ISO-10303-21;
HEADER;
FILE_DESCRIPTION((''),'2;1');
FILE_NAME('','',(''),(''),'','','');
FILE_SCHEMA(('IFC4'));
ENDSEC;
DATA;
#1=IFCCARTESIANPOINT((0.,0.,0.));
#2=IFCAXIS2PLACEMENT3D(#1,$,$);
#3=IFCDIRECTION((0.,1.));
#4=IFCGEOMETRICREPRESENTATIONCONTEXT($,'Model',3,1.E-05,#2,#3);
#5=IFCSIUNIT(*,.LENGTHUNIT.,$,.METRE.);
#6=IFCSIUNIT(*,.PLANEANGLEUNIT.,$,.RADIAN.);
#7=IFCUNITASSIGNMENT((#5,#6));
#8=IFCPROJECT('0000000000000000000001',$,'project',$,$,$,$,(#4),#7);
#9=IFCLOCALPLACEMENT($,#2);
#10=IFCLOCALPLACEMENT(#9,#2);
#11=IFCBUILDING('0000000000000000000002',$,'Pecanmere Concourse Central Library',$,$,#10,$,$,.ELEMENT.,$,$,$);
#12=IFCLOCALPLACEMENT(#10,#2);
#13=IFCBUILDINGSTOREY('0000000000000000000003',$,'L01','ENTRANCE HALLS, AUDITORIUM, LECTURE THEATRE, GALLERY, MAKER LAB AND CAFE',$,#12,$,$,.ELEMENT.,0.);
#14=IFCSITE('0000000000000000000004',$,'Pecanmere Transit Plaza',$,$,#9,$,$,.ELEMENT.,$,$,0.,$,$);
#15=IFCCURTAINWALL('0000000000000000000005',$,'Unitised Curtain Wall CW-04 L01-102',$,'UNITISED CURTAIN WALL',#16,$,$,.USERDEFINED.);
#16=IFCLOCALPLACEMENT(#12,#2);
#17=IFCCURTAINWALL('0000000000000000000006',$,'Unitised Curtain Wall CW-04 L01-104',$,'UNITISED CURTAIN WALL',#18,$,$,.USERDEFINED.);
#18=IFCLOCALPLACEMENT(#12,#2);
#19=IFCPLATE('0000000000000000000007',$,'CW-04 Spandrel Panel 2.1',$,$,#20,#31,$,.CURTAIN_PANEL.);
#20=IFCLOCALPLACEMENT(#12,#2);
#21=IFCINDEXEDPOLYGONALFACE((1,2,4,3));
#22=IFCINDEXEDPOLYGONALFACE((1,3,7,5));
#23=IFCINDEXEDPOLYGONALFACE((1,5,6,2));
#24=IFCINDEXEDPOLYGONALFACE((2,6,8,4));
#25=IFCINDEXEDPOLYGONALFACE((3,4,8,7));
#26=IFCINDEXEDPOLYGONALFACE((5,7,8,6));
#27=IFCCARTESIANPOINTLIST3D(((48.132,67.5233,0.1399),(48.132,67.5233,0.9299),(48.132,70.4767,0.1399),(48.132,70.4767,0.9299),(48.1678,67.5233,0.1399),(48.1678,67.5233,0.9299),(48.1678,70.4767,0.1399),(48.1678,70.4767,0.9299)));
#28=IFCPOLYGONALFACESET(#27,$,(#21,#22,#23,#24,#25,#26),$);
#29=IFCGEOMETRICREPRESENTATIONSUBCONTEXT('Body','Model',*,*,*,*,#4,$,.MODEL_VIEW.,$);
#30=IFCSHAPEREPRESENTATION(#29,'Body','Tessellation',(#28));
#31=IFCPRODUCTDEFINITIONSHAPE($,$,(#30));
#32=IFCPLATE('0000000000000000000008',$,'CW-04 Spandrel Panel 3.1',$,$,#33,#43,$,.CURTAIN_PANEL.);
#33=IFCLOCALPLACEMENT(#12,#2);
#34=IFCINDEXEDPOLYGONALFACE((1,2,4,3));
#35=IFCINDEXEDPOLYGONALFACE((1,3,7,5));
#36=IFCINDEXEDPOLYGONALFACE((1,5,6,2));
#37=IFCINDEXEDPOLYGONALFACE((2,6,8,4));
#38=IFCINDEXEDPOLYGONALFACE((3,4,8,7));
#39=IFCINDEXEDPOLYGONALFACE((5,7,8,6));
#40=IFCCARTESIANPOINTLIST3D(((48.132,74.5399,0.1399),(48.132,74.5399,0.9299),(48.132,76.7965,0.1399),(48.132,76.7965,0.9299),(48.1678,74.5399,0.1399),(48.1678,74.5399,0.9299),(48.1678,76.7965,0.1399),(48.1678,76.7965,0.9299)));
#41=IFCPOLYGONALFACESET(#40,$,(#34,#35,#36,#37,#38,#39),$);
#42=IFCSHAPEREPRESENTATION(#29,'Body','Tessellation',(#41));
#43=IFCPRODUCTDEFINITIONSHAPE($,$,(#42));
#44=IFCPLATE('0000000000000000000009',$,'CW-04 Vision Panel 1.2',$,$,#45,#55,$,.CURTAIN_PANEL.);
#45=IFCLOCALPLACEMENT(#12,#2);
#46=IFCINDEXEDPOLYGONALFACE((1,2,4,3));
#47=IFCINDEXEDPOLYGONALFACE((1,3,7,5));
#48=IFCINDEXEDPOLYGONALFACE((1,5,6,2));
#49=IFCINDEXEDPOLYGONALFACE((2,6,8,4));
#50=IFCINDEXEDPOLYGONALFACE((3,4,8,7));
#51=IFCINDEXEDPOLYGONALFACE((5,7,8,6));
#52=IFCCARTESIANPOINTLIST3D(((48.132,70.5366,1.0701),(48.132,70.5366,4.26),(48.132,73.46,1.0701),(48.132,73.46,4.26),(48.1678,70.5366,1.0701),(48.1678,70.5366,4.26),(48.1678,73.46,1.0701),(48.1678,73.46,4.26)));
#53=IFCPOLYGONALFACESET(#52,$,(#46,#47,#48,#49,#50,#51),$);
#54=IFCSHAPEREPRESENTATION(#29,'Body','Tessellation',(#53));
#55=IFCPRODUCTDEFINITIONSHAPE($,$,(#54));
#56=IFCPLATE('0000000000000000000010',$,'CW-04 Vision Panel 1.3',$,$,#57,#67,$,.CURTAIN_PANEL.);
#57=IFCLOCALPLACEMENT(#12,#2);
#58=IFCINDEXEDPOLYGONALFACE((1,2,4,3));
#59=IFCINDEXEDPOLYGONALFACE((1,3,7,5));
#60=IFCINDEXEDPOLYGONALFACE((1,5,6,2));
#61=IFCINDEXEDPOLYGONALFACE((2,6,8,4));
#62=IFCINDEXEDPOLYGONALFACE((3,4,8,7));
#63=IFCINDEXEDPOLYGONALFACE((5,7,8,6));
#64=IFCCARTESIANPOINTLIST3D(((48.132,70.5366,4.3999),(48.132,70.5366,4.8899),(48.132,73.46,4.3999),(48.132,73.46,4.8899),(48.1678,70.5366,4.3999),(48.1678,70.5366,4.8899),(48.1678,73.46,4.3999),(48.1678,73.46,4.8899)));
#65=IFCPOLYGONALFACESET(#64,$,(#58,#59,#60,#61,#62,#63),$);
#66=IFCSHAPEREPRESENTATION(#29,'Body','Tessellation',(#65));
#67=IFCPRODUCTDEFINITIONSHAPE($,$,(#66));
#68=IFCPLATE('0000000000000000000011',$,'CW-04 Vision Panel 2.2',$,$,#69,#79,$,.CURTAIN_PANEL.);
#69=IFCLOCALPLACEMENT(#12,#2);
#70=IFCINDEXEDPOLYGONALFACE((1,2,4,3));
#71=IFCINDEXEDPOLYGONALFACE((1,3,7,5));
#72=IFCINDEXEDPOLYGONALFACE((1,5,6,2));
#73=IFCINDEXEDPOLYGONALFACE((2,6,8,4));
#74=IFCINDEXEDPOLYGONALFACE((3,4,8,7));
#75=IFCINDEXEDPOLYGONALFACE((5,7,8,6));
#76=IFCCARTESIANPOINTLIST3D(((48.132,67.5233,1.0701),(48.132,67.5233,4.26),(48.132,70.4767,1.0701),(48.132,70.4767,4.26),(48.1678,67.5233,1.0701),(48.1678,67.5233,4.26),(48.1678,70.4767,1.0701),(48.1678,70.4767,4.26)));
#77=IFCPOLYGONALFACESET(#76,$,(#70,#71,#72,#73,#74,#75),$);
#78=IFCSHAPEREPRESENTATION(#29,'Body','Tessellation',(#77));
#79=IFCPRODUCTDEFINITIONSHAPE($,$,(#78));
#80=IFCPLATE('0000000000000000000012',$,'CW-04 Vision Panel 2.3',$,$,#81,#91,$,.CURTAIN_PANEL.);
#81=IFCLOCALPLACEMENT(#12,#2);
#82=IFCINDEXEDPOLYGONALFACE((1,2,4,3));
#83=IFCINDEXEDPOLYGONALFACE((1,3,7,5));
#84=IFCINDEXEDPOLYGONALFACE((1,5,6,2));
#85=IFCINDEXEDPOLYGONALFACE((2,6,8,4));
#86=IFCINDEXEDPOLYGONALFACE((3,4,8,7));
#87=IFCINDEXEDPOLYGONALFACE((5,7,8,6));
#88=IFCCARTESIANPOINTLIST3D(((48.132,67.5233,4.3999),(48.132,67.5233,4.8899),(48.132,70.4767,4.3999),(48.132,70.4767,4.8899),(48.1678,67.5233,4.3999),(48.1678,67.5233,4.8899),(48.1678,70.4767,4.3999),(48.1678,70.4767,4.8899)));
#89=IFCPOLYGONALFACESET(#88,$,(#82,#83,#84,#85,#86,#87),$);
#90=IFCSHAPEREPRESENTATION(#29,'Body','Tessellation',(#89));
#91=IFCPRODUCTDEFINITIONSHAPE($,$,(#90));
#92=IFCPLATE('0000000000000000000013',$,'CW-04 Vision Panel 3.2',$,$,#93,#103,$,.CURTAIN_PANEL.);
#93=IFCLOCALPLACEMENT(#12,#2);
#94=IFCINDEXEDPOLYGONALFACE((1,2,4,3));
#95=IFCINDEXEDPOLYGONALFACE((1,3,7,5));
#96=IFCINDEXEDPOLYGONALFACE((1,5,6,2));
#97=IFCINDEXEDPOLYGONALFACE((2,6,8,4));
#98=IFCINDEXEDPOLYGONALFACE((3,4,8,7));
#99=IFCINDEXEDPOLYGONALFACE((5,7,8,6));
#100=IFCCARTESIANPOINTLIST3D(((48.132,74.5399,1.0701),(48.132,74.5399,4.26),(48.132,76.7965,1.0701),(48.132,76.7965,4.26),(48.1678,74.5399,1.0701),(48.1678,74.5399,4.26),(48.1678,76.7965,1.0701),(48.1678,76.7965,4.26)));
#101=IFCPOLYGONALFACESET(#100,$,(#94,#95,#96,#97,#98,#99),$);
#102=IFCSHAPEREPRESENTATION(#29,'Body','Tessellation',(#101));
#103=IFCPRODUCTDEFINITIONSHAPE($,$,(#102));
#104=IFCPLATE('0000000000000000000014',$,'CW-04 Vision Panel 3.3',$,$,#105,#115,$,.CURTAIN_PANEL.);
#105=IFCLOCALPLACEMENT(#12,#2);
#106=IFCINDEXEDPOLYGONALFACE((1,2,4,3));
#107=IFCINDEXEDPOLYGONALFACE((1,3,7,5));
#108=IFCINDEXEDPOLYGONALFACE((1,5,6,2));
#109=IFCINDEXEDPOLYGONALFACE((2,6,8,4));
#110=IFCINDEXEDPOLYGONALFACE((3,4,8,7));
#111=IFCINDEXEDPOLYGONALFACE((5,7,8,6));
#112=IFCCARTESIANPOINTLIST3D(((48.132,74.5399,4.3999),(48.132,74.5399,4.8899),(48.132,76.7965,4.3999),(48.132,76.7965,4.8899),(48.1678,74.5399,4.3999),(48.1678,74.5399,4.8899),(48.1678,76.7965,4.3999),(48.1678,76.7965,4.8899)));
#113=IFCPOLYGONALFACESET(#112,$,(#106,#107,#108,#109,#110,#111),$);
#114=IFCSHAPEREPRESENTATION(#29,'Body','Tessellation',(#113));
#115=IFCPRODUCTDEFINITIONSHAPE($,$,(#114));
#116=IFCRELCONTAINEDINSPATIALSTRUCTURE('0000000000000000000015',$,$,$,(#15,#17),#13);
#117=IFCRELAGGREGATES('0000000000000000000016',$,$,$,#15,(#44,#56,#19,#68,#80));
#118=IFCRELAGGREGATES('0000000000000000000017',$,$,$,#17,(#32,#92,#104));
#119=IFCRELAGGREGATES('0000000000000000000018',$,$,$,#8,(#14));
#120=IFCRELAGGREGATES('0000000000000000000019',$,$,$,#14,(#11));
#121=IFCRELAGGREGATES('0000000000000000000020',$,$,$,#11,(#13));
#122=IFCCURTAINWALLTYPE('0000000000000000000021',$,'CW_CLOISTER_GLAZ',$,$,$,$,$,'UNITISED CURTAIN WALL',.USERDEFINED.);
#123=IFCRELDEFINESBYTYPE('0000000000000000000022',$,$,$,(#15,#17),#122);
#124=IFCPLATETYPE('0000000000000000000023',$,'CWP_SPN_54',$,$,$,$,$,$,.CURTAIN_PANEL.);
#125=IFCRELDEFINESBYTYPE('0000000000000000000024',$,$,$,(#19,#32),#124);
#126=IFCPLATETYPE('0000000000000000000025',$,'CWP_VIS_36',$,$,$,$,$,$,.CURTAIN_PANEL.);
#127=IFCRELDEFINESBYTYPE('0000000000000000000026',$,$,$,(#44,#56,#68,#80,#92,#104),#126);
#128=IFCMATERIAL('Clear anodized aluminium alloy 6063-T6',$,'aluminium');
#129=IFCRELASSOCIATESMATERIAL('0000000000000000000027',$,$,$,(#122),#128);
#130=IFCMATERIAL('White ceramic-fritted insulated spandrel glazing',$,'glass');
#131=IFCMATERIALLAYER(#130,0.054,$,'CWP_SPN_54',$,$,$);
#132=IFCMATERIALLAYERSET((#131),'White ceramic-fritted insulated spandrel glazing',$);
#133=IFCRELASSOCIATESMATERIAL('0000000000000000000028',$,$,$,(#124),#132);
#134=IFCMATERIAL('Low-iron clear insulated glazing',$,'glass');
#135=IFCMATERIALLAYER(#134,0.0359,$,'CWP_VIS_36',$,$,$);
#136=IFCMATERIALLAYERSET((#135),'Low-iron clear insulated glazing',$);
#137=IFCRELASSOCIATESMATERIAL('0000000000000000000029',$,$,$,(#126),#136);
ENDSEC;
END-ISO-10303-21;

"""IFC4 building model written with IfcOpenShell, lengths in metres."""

from ifc_helpers import new_model, si_unit, direction, frame, origin, origin_2d, place, context, subcontext, project, spatial, rectangle, extrude, material, layer, layer_set, type_object, element, aggregate, save


model = new_model("IFC4")

# Units and contexts
model_context = context("Model", 3, precision=1e-05, world=origin(), true_north=direction((0.0, 1.0)))
body_context = subcontext(model_context, "Body", "Model", "MODEL_VIEW")
ifc_project = project(units=[si_unit("LENGTHUNIT", "METRE"), si_unit("PLANEANGLEUNIT", "RADIAN")], contexts=[model_context])

# Site, building, storey
site_placement = place(None, origin())
site = spatial("IfcSite", under=ifc_project, at=site_placement, Name="Pecanmere Transit Plaza", CompositionType="ELEMENT", RefElevation=0.0)
building_placement = place(site_placement, origin())
building = spatial("IfcBuilding", under=site, at=building_placement, Name="Pecanmere Concourse Central Library", CompositionType="ELEMENT")
storey_placement = place(building_placement, origin())
storey = spatial("IfcBuildingStorey", under=building, at=storey_placement, Name="L01", Description="ENTRANCE HALLS, AUDITORIUM, LECTURE THEATRE, GALLERY, MAKER LAB AND CAFE", CompositionType="ELEMENT", Elevation=0.0)

# Curtain wall
ifc_material_1 = material(Name="Clear anodized aluminium alloy 6063-T6", Category="aluminium")
curtain_wall_type = type_object("IfcCurtainWallType", Name="CW_CLOISTER_GLAZ", ElementType="UNITISED CURTAIN WALL", PredefinedType="USERDEFINED", material=ifc_material_1)
curtain_wall_1_placement = place(storey_placement, origin())
curtain_wall_1 = element("IfcCurtainWall", 1, at=curtain_wall_1_placement, inside=storey, type_object=curtain_wall_type, Name="Unitised Curtain Wall CW-04 L01-102", ObjectType="UNITISED CURTAIN WALL", PredefinedType="USERDEFINED")

# Curtain wall
curtain_wall_2_placement = place(storey_placement, origin())
curtain_wall_2 = element("IfcCurtainWall", 2, at=curtain_wall_2_placement, inside=storey, type_object=curtain_wall_type, Name="Unitised Curtain Wall CW-04 L01-104", ObjectType="UNITISED CURTAIN WALL", PredefinedType="USERDEFINED")

# Plates
ifc_material_2 = material(Name="White ceramic-fritted insulated spandrel glazing", Category="glass")
ifc_layer_1 = layer(ifc_material_2, 0.054, Name="CWP_SPN_54")
ifc_layer_set_1 = layer_set([ifc_layer_1], Name="White ceramic-fritted insulated spandrel glazing")
plate_type_1 = type_object("IfcPlateType", Name="CWP_SPN_54", PredefinedType="CURTAIN_PANEL", material=ifc_layer_set_1)
plate_1_placement = place(storey_placement, frame((48.1499, 69.0, 0.1399), z_axis=(0.0, 0.0, 1.0), x_axis=(0.0, -1.0, 0.0)))
plate_1 = element("IfcPlate", 3, at=plate_1_placement, type_object=plate_type_1, Name="CW-04 Spandrel Panel 2.1", PredefinedType="CURTAIN_PANEL", context=body_context, shape_type="SweptSolid", body=[
    extrude(rectangle(XDim=2.9534, YDim=0.0359, at=origin_2d()), origin(), (0.0, 0.0, 1.0), 0.79),
])
plate_2_placement = place(storey_placement, frame((48.1499, 75.6682, 0.1399), z_axis=(0.0, 0.0, 1.0), x_axis=(0.0, -1.0, 0.0)))
plate_2 = element("IfcPlate", 4, at=plate_2_placement, type_object=plate_type_1, Name="CW-04 Spandrel Panel 3.1", PredefinedType="CURTAIN_PANEL", context=body_context, shape_type="SweptSolid", body=[
    extrude(rectangle(XDim=2.2566, YDim=0.0359, at=origin_2d()), origin(), (0.0, 0.0, 1.0), 0.79),
])
ifc_material_3 = material(Name="Low-iron clear insulated glazing", Category="glass")
ifc_layer_2 = layer(ifc_material_3, 0.0359, Name="CWP_VIS_36")
ifc_layer_set_2 = layer_set([ifc_layer_2], Name="Low-iron clear insulated glazing")
plate_type_2 = type_object("IfcPlateType", Name="CWP_VIS_36", PredefinedType="CURTAIN_PANEL", material=ifc_layer_set_2)
plate_3_placement = place(storey_placement, frame((48.1499, 71.9983, 1.0701), z_axis=(0.0, 0.0, 1.0), x_axis=(0.0, -1.0, 0.0)))
plate_3 = element("IfcPlate", 5, at=plate_3_placement, type_object=plate_type_2, Name="CW-04 Vision Panel 1.2", PredefinedType="CURTAIN_PANEL", context=body_context, shape_type="SweptSolid", body=[
    extrude(rectangle(XDim=2.9233, YDim=0.0359, at=origin_2d()), origin(), (0.0, 0.0, 1.0), 3.1899),
])
plate_4_placement = place(storey_placement, frame((48.1499, 71.9983, 4.3999), z_axis=(0.0, 0.0, 1.0), x_axis=(0.0, -1.0, 0.0)))
plate_4 = element("IfcPlate", 6, at=plate_4_placement, type_object=plate_type_2, Name="CW-04 Vision Panel 1.3", PredefinedType="CURTAIN_PANEL", context=body_context, shape_type="SweptSolid", body=[
    extrude(rectangle(XDim=2.9233, YDim=0.0359, at=origin_2d()), origin(), (0.0, 0.0, 1.0), 0.49),
])
plate_5_placement = place(storey_placement, frame((48.1499, 69.0, 1.0701), z_axis=(0.0, 0.0, 1.0), x_axis=(0.0, -1.0, 0.0)))
plate_5 = element("IfcPlate", 7, at=plate_5_placement, type_object=plate_type_2, Name="CW-04 Vision Panel 2.2", PredefinedType="CURTAIN_PANEL", context=body_context, shape_type="SweptSolid", body=[
    extrude(rectangle(XDim=2.9534, YDim=0.0359, at=origin_2d()), origin(), (0.0, 0.0, 1.0), 3.1899),
])
plate_6_placement = place(storey_placement, frame((48.1499, 69.0, 4.3999), z_axis=(0.0, 0.0, 1.0), x_axis=(0.0, -1.0, 0.0)))
plate_6 = element("IfcPlate", 8, at=plate_6_placement, type_object=plate_type_2, Name="CW-04 Vision Panel 2.3", PredefinedType="CURTAIN_PANEL", context=body_context, shape_type="SweptSolid", body=[
    extrude(rectangle(XDim=2.9534, YDim=0.0359, at=origin_2d()), origin(), (0.0, 0.0, 1.0), 0.49),
])
aggregate(curtain_wall_1, [plate_3, plate_4, plate_1, plate_5, plate_6])
plate_7_placement = place(storey_placement, frame((48.1499, 75.6682, 1.0701), z_axis=(0.0, 0.0, 1.0), x_axis=(0.0, -1.0, 0.0)))
plate_7 = element("IfcPlate", 9, at=plate_7_placement, type_object=plate_type_2, Name="CW-04 Vision Panel 3.2", PredefinedType="CURTAIN_PANEL", context=body_context, shape_type="SweptSolid", body=[
    extrude(rectangle(XDim=2.2566, YDim=0.0359, at=origin_2d()), origin(), (0.0, 0.0, 1.0), 3.1899),
])
plate_8_placement = place(storey_placement, frame((48.1499, 75.6682, 4.3999), z_axis=(0.0, 0.0, 1.0), x_axis=(0.0, -1.0, 0.0)))
plate_8 = element("IfcPlate", 10, at=plate_8_placement, type_object=plate_type_2, Name="CW-04 Vision Panel 3.3", PredefinedType="CURTAIN_PANEL", context=body_context, shape_type="SweptSolid", body=[
    extrude(rectangle(XDim=2.2566, YDim=0.0359, at=origin_2d()), origin(), (0.0, 0.0, 1.0), 0.49),
])
aggregate(curtain_wall_2, [plate_2, plate_7, plate_8])

save(model, "model.ifc")
